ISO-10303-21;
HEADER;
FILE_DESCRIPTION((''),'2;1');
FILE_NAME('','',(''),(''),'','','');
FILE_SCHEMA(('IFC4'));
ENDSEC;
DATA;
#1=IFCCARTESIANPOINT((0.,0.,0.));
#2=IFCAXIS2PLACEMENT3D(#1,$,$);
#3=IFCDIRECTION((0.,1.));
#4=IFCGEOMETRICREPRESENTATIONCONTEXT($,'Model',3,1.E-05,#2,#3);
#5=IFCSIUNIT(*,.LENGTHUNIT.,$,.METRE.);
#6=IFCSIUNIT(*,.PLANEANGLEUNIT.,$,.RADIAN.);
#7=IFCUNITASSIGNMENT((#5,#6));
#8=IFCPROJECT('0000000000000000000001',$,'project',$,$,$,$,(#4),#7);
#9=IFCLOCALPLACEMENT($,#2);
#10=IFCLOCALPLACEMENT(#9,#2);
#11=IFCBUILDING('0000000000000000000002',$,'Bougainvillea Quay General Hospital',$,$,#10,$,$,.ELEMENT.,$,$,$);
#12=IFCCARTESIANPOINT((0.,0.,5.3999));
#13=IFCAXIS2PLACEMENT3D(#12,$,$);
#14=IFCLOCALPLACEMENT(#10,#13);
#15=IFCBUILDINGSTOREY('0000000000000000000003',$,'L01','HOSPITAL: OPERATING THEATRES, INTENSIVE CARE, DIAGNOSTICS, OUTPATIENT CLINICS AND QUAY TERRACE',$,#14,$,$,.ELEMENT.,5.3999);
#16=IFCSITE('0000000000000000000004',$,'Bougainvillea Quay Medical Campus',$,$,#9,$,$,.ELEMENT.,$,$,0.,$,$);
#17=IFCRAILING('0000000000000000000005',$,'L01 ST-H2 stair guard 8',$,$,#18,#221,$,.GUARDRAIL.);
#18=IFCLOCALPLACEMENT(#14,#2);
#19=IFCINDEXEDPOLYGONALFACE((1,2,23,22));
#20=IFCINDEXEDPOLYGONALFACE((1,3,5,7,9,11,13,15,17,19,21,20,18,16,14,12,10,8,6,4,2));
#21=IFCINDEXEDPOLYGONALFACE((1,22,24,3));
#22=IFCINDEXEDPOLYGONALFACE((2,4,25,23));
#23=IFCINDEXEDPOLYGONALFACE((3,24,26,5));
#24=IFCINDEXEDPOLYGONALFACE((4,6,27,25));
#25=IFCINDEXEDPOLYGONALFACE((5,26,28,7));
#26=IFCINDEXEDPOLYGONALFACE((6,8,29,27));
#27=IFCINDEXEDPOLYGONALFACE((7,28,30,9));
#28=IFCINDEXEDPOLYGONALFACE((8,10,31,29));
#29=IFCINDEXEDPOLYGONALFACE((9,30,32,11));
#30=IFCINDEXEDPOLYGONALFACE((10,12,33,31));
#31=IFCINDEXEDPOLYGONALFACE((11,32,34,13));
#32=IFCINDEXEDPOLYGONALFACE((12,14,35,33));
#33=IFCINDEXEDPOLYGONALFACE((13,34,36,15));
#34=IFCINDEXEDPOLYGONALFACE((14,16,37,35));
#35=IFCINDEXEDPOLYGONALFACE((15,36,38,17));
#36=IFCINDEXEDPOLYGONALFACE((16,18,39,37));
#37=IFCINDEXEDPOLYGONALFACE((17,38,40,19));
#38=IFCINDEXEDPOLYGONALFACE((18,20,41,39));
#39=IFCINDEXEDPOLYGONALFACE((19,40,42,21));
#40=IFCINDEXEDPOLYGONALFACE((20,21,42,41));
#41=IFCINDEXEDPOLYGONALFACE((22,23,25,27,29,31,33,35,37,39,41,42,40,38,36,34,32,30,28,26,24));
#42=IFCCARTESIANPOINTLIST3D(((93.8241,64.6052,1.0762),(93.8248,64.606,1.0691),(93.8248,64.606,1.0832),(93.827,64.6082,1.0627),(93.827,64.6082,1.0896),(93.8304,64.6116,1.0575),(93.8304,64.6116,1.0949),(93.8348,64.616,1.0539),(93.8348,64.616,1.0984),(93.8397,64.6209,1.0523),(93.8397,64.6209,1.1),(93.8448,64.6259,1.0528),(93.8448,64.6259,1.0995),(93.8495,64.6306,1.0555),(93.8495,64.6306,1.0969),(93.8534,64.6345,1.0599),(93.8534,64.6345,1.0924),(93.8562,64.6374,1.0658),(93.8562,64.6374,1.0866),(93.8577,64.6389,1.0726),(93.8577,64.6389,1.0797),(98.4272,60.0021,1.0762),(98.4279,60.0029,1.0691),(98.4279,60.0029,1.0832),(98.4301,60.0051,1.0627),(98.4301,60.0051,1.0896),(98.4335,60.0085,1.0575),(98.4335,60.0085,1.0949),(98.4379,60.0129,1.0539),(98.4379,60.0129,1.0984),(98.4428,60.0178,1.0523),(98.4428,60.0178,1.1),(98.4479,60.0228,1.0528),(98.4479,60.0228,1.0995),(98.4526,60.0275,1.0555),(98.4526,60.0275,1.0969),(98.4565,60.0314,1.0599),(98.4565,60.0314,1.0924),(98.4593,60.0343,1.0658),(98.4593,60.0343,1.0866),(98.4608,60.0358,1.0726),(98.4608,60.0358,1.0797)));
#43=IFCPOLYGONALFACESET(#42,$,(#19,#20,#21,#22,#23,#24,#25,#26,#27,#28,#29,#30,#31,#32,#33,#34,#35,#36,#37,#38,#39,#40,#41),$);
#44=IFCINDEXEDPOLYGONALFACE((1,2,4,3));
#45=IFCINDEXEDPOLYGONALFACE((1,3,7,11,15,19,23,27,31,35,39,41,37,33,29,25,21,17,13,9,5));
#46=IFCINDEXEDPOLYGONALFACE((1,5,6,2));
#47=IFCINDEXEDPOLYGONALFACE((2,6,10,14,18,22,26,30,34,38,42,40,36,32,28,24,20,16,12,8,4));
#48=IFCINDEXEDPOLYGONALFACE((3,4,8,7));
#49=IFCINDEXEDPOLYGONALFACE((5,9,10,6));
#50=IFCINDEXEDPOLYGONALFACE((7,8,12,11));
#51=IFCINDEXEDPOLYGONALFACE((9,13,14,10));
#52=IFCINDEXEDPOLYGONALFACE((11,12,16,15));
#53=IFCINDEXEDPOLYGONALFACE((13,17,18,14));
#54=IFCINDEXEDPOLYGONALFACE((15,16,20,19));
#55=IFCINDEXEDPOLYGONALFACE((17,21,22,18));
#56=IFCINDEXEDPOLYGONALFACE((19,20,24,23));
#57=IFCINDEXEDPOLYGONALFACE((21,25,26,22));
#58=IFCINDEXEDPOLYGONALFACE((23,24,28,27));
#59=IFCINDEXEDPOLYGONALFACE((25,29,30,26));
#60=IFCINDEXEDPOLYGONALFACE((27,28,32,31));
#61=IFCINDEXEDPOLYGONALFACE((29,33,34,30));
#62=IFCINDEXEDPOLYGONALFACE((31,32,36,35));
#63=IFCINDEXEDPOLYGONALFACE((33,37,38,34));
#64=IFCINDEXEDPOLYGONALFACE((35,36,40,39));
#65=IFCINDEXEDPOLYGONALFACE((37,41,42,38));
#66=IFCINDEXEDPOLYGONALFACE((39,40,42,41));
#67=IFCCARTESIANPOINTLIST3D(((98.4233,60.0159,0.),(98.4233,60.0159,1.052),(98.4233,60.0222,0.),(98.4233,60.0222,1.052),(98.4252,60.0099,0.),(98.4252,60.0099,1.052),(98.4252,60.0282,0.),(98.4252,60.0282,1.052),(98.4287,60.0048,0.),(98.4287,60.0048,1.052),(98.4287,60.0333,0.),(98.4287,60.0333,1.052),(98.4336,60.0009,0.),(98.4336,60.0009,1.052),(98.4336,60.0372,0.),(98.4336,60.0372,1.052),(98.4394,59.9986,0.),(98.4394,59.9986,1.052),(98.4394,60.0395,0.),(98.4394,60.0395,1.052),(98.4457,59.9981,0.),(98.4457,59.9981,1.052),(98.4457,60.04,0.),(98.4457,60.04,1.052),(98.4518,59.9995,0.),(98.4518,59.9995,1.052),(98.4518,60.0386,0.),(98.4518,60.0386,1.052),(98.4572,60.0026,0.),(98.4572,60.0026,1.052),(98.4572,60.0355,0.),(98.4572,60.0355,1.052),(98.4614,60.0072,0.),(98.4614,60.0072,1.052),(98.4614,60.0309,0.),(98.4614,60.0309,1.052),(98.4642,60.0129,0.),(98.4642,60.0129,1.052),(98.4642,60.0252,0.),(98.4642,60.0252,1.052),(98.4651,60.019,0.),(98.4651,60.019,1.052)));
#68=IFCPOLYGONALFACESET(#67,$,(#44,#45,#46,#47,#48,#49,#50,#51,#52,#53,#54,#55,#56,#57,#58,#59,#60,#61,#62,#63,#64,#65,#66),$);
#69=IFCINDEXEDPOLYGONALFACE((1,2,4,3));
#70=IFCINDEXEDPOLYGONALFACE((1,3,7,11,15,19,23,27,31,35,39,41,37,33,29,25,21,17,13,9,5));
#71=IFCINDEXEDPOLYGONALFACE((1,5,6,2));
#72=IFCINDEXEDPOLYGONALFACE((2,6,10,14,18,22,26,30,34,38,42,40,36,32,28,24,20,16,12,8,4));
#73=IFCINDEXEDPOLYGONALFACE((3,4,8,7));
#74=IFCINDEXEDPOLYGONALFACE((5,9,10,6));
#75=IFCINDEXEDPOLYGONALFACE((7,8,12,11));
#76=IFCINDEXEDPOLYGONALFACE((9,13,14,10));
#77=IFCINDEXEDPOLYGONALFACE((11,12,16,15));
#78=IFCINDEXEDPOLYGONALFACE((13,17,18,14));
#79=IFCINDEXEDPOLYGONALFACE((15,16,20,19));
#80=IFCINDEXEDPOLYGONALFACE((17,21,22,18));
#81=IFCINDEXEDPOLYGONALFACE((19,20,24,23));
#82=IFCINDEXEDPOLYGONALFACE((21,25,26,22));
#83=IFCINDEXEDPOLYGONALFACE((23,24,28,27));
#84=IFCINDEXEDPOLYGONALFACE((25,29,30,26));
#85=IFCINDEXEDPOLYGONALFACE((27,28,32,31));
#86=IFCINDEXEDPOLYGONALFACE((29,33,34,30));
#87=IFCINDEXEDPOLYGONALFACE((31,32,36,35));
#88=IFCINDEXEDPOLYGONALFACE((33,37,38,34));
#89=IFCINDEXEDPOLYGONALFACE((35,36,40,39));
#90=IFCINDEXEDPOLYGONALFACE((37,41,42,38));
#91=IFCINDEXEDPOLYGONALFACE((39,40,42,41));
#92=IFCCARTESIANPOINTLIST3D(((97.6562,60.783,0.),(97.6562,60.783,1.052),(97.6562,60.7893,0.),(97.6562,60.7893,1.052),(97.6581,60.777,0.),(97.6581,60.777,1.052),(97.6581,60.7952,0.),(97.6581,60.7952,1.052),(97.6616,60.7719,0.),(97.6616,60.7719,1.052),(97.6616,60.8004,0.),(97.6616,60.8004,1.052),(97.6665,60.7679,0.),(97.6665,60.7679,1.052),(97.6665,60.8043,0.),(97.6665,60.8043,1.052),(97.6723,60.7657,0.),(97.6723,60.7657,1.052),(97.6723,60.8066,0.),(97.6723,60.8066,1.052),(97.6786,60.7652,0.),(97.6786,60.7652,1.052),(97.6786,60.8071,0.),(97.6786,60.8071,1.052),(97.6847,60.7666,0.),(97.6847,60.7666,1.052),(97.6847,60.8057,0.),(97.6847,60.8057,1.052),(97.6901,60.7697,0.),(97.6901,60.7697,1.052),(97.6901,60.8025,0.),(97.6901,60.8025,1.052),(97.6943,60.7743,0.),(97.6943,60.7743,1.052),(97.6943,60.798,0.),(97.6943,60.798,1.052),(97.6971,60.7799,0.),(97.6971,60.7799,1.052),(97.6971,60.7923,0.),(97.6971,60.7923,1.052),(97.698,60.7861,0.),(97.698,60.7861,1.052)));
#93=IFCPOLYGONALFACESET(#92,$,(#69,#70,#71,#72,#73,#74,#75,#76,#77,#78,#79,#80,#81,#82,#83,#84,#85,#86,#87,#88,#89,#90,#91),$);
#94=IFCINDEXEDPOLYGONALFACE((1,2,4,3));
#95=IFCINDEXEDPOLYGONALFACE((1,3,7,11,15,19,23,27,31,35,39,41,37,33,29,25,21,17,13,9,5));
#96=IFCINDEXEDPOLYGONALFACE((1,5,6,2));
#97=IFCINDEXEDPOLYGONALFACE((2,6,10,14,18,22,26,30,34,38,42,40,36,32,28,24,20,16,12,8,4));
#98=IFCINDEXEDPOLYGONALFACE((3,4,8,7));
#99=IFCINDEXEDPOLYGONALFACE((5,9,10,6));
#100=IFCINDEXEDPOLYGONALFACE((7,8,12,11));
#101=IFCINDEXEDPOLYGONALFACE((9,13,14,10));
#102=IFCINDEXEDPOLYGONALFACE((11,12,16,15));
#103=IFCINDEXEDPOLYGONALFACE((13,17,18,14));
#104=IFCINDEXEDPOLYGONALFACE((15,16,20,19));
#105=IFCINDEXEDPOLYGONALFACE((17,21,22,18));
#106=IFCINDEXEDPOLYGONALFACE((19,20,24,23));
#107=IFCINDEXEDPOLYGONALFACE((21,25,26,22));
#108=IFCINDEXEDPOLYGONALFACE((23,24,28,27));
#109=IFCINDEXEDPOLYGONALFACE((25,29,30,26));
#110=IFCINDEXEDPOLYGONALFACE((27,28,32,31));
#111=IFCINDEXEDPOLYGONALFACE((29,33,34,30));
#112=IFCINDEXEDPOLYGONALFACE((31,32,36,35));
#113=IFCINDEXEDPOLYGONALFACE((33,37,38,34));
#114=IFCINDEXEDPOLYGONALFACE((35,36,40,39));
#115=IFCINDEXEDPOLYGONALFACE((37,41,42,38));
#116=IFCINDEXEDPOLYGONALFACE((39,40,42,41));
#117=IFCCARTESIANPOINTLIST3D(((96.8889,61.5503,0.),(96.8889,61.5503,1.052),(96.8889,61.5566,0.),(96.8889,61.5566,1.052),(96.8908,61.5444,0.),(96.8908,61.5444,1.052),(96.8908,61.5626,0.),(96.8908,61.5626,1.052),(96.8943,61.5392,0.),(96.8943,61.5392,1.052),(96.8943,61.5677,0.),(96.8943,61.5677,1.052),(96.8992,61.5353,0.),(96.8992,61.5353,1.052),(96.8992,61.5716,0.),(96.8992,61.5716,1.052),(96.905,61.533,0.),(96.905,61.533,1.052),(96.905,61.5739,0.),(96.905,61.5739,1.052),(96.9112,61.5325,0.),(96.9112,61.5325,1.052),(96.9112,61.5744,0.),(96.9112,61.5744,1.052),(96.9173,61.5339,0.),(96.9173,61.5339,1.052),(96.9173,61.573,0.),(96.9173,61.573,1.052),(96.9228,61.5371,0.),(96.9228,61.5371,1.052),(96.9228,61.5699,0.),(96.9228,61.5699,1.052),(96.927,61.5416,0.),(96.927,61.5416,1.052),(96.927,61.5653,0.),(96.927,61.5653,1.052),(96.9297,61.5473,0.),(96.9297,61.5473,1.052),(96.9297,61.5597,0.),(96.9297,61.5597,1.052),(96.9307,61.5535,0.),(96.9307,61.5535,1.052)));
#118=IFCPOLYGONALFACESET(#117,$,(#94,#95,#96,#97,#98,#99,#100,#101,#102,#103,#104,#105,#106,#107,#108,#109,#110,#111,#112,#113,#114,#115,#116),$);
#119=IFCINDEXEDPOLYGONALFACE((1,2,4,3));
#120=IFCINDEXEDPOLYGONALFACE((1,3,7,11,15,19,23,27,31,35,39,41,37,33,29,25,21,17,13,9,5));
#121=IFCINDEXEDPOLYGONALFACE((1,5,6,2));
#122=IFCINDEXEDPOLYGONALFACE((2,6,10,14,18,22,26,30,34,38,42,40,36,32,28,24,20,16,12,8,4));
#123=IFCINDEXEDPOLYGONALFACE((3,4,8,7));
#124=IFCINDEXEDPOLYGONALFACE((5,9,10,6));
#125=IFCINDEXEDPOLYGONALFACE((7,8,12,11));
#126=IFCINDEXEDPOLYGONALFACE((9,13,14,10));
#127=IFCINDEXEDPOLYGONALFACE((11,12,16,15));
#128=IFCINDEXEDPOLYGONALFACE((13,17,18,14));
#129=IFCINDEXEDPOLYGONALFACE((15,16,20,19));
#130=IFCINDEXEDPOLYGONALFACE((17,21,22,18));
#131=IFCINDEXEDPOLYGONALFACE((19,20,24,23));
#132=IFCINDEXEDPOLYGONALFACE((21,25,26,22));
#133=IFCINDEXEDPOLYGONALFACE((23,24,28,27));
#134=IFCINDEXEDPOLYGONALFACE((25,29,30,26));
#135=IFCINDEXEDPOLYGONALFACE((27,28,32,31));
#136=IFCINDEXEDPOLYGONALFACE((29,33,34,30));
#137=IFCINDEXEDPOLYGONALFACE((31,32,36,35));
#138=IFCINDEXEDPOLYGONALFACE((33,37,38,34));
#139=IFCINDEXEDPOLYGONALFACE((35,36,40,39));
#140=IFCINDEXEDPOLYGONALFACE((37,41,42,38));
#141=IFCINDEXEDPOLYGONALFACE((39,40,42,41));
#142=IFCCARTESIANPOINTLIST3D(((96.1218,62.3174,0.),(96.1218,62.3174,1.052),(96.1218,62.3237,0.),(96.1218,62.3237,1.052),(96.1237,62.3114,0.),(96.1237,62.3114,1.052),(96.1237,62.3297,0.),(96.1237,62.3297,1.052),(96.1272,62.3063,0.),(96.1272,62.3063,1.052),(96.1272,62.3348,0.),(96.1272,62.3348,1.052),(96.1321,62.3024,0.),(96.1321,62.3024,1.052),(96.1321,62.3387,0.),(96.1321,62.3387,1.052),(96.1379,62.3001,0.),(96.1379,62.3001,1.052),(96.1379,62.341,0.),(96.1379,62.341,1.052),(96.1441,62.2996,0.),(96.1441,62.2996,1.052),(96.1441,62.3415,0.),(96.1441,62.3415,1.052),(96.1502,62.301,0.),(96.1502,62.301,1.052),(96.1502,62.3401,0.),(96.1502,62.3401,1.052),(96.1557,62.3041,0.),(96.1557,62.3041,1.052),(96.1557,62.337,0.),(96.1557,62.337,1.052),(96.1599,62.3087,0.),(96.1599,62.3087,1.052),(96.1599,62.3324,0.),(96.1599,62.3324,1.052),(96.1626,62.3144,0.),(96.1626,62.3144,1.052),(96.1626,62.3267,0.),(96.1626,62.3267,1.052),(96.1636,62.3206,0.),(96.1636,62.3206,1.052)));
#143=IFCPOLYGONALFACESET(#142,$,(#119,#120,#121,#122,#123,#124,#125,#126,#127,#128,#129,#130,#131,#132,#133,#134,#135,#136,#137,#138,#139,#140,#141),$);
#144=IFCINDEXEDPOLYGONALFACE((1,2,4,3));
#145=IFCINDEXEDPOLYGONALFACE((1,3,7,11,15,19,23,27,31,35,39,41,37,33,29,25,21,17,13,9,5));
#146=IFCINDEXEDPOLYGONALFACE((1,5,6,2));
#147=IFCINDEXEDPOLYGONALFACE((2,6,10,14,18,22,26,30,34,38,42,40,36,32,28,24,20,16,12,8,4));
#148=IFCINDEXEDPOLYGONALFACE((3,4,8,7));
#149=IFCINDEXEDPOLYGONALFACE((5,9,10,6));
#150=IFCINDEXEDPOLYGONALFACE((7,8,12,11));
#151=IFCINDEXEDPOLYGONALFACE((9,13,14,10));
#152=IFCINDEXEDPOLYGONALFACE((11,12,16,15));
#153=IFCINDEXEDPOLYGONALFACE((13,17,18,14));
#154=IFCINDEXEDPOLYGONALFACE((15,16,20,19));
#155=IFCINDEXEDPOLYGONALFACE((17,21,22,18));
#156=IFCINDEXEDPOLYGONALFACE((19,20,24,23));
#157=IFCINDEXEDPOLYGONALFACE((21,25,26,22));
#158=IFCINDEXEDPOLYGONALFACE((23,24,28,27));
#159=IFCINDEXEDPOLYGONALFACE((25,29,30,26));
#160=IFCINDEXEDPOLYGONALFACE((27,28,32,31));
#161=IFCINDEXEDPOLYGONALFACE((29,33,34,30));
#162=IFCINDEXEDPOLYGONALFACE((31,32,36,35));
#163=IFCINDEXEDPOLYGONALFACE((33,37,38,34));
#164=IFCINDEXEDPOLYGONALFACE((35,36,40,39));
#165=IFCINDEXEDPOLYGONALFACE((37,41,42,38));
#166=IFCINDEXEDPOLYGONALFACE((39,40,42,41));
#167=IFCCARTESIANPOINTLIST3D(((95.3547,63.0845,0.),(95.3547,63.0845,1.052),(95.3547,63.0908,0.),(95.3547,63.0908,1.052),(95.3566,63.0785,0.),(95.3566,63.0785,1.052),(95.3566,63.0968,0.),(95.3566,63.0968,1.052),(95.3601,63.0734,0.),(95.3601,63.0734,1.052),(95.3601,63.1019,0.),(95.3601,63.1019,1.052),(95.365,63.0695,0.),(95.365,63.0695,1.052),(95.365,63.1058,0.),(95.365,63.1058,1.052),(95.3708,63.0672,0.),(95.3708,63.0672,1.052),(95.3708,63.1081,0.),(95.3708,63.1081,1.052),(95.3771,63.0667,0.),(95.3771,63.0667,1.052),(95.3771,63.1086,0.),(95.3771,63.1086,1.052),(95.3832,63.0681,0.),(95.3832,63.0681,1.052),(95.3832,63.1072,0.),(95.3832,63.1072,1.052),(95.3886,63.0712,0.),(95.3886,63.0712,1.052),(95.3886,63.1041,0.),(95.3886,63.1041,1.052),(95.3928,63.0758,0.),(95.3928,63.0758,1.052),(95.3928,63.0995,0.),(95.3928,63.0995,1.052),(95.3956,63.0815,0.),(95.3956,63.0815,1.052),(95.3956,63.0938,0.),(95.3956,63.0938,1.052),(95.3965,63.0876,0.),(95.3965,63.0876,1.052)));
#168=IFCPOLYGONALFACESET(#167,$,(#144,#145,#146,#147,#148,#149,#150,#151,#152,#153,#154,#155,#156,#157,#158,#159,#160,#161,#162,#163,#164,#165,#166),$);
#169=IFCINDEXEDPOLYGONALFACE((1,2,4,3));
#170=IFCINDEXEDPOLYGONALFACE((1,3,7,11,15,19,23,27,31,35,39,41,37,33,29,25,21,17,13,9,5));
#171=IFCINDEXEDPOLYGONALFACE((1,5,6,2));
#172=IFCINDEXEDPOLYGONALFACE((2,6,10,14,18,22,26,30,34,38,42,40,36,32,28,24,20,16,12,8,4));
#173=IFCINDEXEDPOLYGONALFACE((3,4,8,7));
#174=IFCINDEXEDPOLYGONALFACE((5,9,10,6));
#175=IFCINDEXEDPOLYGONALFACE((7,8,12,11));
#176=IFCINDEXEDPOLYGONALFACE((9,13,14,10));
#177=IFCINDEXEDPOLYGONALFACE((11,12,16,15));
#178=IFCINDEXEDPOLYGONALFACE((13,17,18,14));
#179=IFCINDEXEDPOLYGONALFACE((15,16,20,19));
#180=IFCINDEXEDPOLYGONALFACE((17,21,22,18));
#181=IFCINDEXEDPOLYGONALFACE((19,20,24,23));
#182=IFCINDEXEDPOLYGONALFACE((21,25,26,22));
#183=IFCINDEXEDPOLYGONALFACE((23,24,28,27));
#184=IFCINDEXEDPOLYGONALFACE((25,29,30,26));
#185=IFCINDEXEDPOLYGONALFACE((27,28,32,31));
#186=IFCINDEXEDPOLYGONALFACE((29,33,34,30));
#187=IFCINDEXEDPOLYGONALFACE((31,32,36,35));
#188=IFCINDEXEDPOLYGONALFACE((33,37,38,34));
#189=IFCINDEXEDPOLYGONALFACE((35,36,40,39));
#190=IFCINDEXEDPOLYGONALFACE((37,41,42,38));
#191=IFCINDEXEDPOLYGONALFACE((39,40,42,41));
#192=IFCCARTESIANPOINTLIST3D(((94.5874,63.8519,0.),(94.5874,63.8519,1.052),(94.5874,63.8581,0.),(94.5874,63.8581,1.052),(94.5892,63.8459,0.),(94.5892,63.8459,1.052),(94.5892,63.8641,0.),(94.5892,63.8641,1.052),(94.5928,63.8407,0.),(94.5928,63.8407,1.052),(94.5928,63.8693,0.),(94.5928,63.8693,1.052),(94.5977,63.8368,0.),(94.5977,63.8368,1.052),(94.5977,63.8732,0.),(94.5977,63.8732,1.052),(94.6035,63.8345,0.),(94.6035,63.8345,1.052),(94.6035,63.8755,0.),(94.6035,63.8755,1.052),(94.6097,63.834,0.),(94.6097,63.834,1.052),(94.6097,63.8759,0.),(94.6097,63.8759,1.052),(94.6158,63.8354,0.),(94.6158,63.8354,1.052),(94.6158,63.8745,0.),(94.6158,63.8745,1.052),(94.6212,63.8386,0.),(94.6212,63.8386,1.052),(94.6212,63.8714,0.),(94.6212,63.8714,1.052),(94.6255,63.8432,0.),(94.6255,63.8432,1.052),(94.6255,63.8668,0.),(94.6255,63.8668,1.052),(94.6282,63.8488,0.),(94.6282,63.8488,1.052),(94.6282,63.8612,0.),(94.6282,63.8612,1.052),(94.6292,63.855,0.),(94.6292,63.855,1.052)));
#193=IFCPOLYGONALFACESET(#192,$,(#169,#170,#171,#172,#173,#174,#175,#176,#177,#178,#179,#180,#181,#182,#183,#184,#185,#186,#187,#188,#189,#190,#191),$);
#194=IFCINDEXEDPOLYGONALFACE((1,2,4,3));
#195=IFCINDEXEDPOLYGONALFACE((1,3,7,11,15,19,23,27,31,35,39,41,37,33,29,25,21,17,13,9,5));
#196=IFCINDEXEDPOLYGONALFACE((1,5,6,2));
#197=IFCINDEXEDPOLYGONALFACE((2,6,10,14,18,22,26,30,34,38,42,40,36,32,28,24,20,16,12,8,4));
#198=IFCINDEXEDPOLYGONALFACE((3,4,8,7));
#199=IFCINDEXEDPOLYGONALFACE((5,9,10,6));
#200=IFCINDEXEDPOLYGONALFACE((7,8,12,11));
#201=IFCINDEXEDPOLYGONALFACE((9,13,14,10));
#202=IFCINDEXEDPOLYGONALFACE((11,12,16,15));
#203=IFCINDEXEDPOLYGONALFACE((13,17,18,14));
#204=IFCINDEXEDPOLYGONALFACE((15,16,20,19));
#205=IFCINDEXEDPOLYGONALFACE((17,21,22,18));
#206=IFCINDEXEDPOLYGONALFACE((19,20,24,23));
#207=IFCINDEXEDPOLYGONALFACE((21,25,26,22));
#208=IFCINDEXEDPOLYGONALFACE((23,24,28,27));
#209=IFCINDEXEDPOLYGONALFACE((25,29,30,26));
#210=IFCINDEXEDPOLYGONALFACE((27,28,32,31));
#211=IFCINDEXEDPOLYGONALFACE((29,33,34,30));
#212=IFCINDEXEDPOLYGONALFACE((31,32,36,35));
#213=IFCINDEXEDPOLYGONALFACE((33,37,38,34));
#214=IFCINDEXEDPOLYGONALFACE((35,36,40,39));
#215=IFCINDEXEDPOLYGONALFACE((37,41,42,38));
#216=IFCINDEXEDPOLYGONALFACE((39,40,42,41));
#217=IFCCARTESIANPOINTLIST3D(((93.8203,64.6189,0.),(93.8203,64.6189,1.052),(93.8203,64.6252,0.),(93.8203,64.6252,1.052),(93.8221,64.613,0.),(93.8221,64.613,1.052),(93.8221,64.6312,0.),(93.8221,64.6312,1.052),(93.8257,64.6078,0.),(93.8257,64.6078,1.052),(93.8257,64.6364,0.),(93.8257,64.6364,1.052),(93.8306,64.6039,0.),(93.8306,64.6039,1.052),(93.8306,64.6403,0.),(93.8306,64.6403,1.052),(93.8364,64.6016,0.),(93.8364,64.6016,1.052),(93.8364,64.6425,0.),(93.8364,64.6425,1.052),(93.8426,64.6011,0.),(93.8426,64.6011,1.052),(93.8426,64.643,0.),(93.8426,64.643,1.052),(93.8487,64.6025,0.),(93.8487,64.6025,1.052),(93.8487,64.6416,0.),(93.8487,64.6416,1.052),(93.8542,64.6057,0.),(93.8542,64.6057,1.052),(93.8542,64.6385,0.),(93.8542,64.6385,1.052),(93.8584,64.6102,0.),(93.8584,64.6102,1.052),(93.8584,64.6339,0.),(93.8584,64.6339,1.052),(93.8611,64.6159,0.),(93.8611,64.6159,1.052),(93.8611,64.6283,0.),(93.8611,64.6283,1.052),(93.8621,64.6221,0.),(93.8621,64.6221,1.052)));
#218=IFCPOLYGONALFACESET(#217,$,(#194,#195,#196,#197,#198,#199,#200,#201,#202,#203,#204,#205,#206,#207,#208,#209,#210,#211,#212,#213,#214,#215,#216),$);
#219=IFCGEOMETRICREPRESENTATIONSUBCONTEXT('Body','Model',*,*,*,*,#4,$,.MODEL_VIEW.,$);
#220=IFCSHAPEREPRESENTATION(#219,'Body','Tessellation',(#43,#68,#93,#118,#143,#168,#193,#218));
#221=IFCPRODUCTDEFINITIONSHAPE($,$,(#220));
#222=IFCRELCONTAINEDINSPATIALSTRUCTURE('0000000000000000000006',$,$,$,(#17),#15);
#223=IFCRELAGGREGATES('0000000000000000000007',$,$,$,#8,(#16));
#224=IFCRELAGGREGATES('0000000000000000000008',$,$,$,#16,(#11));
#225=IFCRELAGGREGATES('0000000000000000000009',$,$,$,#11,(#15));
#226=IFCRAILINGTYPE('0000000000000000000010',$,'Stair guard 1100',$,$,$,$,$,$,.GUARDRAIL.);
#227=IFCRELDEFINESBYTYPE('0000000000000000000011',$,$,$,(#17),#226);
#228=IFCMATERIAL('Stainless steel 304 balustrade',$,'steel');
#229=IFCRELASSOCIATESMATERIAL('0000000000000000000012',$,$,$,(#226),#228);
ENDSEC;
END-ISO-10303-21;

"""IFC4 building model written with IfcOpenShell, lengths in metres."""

from ifc_helpers import new_model, si_unit, direction, frame, origin, origin_2d, place, context, subcontext, project, spatial, circle, extrude, material, type_object, element, save


model = new_model("IFC4")

# Units and contexts
model_context = context("Model", 3, precision=1e-05, world=origin(), true_north=direction((0.0, 1.0)))
body_context = subcontext(model_context, "Body", "Model", "MODEL_VIEW")
ifc_project = project(units=[si_unit("LENGTHUNIT", "METRE"), si_unit("PLANEANGLEUNIT", "RADIAN")], contexts=[model_context])

# Site, building, storey
site_placement = place(None, origin())
site = spatial("IfcSite", under=ifc_project, at=site_placement, Name="Bougainvillea Quay Medical Campus", CompositionType="ELEMENT", RefElevation=0.0)
building_placement = place(site_placement, origin())
building = spatial("IfcBuilding", under=site, at=building_placement, Name="Bougainvillea Quay General Hospital", CompositionType="ELEMENT")
storey_placement = place(building_placement, frame((0.0, 0.0, 5.3999)))
storey = spatial("IfcBuildingStorey", under=building, at=storey_placement, Name="L01", Description="HOSPITAL: OPERATING THEATRES, INTENSIVE CARE, DIAGNOSTICS, OUTPATIENT CLINICS AND QUAY TERRACE", CompositionType="ELEMENT", Elevation=5.3999)

# Railing
ifc_material_1 = material(Name="Stainless steel 304 balustrade", Category="steel")
railing_type_1 = type_object("IfcRailingType", Name="Stair guard 1100", PredefinedType="GUARDRAIL", material=ifc_material_1)
railing_1_placement = place(storey_placement, frame((98.4441, 60.019, 0.0)))
element("IfcRailing", 1, at=railing_1_placement, inside=storey, type_object=railing_type_1, Name="L01 ST-H2 stair guard 8", PredefinedType="GUARDRAIL", context=body_context, shape_type="SweptSolid", body=[
    extrude(circle(Radius=0.0239, at=origin_2d()), frame((0.0, 0.0, 1.0762), z_axis=(-0.707107, 0.707107, 0.0), x_axis=(-0.707107, -0.707107, 0.0)), (0.0, 0.0, 1.0), 6.5098),
    extrude(circle(Radius=0.021, at=origin_2d()), origin(), (0.0, 0.0, 1.0), 1.052),
    extrude(circle(Radius=0.021, at=origin_2d()), frame((-0.7671, 0.7671, 0.0)), (0.0, 0.0, 1.0), 1.052),
    extrude(circle(Radius=0.021, at=origin_2d()), frame((-1.5344, 1.5344, 0.0)), (0.0, 0.0, 1.0), 1.052),
    extrude(circle(Radius=0.021, at=origin_2d()), frame((-2.3015, 2.3015, 0.0)), (0.0, 0.0, 1.0), 1.052),
    extrude(circle(Radius=0.021, at=origin_2d()), frame((-3.0686, 3.0686, 0.0)), (0.0, 0.0, 1.0), 1.052),
    extrude(circle(Radius=0.021, at=origin_2d()), frame((-3.8359, 3.8359, 0.0)), (0.0, 0.0, 1.0), 1.052),
    extrude(circle(Radius=0.021, at=origin_2d()), frame((-4.603, 4.603, 0.0)), (0.0, 0.0, 1.0), 1.052),
])

save(model, "model.ifc")
